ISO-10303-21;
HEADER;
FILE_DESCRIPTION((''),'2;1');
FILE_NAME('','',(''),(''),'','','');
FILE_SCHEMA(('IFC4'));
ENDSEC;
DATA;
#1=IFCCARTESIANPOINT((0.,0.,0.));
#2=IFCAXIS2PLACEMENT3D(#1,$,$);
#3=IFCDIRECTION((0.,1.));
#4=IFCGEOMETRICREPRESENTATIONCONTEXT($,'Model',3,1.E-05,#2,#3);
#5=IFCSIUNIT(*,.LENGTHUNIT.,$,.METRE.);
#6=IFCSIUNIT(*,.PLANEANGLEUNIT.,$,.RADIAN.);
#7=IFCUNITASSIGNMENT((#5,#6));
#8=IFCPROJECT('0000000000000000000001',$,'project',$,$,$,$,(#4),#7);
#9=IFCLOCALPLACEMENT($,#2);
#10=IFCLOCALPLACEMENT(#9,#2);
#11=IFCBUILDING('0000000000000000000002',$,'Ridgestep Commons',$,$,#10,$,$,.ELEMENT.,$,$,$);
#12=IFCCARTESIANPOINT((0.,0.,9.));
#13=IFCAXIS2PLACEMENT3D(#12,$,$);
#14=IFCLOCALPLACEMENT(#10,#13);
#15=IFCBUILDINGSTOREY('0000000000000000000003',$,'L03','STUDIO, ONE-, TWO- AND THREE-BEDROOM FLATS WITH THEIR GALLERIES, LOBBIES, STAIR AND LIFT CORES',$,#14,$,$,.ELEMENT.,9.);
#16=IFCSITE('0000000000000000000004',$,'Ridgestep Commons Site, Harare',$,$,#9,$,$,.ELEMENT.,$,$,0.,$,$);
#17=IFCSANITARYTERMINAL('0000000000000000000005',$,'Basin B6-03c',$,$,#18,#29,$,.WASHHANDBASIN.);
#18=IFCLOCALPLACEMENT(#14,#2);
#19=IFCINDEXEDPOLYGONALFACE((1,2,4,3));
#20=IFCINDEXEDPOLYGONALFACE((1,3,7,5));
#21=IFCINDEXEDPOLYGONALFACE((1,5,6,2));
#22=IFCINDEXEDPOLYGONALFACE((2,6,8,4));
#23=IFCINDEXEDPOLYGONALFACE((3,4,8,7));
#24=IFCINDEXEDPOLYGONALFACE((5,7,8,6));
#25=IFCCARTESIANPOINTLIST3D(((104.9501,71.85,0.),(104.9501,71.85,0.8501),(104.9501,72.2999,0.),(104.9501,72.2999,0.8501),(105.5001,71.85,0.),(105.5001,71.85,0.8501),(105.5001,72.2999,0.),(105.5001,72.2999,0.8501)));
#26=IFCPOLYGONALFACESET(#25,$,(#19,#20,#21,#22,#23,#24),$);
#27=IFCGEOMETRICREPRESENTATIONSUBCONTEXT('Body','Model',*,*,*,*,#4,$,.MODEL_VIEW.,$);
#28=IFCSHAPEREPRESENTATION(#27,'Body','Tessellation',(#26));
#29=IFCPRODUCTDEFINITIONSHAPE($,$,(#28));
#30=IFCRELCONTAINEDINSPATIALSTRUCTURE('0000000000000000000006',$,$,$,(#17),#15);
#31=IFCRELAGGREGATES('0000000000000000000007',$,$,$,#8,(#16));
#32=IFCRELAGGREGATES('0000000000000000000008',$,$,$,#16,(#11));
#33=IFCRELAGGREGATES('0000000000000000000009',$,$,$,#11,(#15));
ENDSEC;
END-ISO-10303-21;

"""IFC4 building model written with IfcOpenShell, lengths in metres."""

from ifc_helpers import new_model, si_unit, direction, frame, origin, origin_2d, place, context, subcontext, project, spatial, rectangle, extrude, element, save


model = new_model("IFC4")

# Units and contexts
model_context = context("Model", 3, precision=1e-05, world=origin(), true_north=direction((0.0, 1.0)))
body_context = subcontext(model_context, "Body", "Model", "MODEL_VIEW")
ifc_project = project(units=[si_unit("LENGTHUNIT", "METRE"), si_unit("PLANEANGLEUNIT", "RADIAN")], contexts=[model_context])

# Site, building, storey
site_placement = place(None, origin())
site = spatial("IfcSite", under=ifc_project, at=site_placement, Name="Ridgestep Commons Site, Harare", CompositionType="ELEMENT", RefElevation=0.0)
building_placement = place(site_placement, origin())
building = spatial("IfcBuilding", under=site, at=building_placement, Name="Ridgestep Commons", CompositionType="ELEMENT")
storey_placement = place(building_placement, frame((0.0, 0.0, 9.0)))
storey = spatial("IfcBuildingStorey", under=building, at=storey_placement, Name="L03", Description="STUDIO, ONE-, TWO- AND THREE-BEDROOM FLATS WITH THEIR GALLERIES, LOBBIES, STAIR AND LIFT CORES", CompositionType="ELEMENT", Elevation=9.0)

# Sanitary terminal
sanitary_terminal_1_placement = place(storey_placement, frame((105.2251, 72.075, 0.0), z_axis=(0.0, 0.0, 1.0), x_axis=(1.0, 0.0, 0.0)))
element("IfcSanitaryTerminal", 1, at=sanitary_terminal_1_placement, inside=storey, Name="Basin B6-03c", PredefinedType="WASHHANDBASIN", context=body_context, shape_type="SweptSolid", body=[
    extrude(rectangle(XDim=0.55, YDim=0.45, at=origin_2d()), origin(), (0.0, 0.0, 1.0), 0.8501),
])

save(model, "model.ifc")
